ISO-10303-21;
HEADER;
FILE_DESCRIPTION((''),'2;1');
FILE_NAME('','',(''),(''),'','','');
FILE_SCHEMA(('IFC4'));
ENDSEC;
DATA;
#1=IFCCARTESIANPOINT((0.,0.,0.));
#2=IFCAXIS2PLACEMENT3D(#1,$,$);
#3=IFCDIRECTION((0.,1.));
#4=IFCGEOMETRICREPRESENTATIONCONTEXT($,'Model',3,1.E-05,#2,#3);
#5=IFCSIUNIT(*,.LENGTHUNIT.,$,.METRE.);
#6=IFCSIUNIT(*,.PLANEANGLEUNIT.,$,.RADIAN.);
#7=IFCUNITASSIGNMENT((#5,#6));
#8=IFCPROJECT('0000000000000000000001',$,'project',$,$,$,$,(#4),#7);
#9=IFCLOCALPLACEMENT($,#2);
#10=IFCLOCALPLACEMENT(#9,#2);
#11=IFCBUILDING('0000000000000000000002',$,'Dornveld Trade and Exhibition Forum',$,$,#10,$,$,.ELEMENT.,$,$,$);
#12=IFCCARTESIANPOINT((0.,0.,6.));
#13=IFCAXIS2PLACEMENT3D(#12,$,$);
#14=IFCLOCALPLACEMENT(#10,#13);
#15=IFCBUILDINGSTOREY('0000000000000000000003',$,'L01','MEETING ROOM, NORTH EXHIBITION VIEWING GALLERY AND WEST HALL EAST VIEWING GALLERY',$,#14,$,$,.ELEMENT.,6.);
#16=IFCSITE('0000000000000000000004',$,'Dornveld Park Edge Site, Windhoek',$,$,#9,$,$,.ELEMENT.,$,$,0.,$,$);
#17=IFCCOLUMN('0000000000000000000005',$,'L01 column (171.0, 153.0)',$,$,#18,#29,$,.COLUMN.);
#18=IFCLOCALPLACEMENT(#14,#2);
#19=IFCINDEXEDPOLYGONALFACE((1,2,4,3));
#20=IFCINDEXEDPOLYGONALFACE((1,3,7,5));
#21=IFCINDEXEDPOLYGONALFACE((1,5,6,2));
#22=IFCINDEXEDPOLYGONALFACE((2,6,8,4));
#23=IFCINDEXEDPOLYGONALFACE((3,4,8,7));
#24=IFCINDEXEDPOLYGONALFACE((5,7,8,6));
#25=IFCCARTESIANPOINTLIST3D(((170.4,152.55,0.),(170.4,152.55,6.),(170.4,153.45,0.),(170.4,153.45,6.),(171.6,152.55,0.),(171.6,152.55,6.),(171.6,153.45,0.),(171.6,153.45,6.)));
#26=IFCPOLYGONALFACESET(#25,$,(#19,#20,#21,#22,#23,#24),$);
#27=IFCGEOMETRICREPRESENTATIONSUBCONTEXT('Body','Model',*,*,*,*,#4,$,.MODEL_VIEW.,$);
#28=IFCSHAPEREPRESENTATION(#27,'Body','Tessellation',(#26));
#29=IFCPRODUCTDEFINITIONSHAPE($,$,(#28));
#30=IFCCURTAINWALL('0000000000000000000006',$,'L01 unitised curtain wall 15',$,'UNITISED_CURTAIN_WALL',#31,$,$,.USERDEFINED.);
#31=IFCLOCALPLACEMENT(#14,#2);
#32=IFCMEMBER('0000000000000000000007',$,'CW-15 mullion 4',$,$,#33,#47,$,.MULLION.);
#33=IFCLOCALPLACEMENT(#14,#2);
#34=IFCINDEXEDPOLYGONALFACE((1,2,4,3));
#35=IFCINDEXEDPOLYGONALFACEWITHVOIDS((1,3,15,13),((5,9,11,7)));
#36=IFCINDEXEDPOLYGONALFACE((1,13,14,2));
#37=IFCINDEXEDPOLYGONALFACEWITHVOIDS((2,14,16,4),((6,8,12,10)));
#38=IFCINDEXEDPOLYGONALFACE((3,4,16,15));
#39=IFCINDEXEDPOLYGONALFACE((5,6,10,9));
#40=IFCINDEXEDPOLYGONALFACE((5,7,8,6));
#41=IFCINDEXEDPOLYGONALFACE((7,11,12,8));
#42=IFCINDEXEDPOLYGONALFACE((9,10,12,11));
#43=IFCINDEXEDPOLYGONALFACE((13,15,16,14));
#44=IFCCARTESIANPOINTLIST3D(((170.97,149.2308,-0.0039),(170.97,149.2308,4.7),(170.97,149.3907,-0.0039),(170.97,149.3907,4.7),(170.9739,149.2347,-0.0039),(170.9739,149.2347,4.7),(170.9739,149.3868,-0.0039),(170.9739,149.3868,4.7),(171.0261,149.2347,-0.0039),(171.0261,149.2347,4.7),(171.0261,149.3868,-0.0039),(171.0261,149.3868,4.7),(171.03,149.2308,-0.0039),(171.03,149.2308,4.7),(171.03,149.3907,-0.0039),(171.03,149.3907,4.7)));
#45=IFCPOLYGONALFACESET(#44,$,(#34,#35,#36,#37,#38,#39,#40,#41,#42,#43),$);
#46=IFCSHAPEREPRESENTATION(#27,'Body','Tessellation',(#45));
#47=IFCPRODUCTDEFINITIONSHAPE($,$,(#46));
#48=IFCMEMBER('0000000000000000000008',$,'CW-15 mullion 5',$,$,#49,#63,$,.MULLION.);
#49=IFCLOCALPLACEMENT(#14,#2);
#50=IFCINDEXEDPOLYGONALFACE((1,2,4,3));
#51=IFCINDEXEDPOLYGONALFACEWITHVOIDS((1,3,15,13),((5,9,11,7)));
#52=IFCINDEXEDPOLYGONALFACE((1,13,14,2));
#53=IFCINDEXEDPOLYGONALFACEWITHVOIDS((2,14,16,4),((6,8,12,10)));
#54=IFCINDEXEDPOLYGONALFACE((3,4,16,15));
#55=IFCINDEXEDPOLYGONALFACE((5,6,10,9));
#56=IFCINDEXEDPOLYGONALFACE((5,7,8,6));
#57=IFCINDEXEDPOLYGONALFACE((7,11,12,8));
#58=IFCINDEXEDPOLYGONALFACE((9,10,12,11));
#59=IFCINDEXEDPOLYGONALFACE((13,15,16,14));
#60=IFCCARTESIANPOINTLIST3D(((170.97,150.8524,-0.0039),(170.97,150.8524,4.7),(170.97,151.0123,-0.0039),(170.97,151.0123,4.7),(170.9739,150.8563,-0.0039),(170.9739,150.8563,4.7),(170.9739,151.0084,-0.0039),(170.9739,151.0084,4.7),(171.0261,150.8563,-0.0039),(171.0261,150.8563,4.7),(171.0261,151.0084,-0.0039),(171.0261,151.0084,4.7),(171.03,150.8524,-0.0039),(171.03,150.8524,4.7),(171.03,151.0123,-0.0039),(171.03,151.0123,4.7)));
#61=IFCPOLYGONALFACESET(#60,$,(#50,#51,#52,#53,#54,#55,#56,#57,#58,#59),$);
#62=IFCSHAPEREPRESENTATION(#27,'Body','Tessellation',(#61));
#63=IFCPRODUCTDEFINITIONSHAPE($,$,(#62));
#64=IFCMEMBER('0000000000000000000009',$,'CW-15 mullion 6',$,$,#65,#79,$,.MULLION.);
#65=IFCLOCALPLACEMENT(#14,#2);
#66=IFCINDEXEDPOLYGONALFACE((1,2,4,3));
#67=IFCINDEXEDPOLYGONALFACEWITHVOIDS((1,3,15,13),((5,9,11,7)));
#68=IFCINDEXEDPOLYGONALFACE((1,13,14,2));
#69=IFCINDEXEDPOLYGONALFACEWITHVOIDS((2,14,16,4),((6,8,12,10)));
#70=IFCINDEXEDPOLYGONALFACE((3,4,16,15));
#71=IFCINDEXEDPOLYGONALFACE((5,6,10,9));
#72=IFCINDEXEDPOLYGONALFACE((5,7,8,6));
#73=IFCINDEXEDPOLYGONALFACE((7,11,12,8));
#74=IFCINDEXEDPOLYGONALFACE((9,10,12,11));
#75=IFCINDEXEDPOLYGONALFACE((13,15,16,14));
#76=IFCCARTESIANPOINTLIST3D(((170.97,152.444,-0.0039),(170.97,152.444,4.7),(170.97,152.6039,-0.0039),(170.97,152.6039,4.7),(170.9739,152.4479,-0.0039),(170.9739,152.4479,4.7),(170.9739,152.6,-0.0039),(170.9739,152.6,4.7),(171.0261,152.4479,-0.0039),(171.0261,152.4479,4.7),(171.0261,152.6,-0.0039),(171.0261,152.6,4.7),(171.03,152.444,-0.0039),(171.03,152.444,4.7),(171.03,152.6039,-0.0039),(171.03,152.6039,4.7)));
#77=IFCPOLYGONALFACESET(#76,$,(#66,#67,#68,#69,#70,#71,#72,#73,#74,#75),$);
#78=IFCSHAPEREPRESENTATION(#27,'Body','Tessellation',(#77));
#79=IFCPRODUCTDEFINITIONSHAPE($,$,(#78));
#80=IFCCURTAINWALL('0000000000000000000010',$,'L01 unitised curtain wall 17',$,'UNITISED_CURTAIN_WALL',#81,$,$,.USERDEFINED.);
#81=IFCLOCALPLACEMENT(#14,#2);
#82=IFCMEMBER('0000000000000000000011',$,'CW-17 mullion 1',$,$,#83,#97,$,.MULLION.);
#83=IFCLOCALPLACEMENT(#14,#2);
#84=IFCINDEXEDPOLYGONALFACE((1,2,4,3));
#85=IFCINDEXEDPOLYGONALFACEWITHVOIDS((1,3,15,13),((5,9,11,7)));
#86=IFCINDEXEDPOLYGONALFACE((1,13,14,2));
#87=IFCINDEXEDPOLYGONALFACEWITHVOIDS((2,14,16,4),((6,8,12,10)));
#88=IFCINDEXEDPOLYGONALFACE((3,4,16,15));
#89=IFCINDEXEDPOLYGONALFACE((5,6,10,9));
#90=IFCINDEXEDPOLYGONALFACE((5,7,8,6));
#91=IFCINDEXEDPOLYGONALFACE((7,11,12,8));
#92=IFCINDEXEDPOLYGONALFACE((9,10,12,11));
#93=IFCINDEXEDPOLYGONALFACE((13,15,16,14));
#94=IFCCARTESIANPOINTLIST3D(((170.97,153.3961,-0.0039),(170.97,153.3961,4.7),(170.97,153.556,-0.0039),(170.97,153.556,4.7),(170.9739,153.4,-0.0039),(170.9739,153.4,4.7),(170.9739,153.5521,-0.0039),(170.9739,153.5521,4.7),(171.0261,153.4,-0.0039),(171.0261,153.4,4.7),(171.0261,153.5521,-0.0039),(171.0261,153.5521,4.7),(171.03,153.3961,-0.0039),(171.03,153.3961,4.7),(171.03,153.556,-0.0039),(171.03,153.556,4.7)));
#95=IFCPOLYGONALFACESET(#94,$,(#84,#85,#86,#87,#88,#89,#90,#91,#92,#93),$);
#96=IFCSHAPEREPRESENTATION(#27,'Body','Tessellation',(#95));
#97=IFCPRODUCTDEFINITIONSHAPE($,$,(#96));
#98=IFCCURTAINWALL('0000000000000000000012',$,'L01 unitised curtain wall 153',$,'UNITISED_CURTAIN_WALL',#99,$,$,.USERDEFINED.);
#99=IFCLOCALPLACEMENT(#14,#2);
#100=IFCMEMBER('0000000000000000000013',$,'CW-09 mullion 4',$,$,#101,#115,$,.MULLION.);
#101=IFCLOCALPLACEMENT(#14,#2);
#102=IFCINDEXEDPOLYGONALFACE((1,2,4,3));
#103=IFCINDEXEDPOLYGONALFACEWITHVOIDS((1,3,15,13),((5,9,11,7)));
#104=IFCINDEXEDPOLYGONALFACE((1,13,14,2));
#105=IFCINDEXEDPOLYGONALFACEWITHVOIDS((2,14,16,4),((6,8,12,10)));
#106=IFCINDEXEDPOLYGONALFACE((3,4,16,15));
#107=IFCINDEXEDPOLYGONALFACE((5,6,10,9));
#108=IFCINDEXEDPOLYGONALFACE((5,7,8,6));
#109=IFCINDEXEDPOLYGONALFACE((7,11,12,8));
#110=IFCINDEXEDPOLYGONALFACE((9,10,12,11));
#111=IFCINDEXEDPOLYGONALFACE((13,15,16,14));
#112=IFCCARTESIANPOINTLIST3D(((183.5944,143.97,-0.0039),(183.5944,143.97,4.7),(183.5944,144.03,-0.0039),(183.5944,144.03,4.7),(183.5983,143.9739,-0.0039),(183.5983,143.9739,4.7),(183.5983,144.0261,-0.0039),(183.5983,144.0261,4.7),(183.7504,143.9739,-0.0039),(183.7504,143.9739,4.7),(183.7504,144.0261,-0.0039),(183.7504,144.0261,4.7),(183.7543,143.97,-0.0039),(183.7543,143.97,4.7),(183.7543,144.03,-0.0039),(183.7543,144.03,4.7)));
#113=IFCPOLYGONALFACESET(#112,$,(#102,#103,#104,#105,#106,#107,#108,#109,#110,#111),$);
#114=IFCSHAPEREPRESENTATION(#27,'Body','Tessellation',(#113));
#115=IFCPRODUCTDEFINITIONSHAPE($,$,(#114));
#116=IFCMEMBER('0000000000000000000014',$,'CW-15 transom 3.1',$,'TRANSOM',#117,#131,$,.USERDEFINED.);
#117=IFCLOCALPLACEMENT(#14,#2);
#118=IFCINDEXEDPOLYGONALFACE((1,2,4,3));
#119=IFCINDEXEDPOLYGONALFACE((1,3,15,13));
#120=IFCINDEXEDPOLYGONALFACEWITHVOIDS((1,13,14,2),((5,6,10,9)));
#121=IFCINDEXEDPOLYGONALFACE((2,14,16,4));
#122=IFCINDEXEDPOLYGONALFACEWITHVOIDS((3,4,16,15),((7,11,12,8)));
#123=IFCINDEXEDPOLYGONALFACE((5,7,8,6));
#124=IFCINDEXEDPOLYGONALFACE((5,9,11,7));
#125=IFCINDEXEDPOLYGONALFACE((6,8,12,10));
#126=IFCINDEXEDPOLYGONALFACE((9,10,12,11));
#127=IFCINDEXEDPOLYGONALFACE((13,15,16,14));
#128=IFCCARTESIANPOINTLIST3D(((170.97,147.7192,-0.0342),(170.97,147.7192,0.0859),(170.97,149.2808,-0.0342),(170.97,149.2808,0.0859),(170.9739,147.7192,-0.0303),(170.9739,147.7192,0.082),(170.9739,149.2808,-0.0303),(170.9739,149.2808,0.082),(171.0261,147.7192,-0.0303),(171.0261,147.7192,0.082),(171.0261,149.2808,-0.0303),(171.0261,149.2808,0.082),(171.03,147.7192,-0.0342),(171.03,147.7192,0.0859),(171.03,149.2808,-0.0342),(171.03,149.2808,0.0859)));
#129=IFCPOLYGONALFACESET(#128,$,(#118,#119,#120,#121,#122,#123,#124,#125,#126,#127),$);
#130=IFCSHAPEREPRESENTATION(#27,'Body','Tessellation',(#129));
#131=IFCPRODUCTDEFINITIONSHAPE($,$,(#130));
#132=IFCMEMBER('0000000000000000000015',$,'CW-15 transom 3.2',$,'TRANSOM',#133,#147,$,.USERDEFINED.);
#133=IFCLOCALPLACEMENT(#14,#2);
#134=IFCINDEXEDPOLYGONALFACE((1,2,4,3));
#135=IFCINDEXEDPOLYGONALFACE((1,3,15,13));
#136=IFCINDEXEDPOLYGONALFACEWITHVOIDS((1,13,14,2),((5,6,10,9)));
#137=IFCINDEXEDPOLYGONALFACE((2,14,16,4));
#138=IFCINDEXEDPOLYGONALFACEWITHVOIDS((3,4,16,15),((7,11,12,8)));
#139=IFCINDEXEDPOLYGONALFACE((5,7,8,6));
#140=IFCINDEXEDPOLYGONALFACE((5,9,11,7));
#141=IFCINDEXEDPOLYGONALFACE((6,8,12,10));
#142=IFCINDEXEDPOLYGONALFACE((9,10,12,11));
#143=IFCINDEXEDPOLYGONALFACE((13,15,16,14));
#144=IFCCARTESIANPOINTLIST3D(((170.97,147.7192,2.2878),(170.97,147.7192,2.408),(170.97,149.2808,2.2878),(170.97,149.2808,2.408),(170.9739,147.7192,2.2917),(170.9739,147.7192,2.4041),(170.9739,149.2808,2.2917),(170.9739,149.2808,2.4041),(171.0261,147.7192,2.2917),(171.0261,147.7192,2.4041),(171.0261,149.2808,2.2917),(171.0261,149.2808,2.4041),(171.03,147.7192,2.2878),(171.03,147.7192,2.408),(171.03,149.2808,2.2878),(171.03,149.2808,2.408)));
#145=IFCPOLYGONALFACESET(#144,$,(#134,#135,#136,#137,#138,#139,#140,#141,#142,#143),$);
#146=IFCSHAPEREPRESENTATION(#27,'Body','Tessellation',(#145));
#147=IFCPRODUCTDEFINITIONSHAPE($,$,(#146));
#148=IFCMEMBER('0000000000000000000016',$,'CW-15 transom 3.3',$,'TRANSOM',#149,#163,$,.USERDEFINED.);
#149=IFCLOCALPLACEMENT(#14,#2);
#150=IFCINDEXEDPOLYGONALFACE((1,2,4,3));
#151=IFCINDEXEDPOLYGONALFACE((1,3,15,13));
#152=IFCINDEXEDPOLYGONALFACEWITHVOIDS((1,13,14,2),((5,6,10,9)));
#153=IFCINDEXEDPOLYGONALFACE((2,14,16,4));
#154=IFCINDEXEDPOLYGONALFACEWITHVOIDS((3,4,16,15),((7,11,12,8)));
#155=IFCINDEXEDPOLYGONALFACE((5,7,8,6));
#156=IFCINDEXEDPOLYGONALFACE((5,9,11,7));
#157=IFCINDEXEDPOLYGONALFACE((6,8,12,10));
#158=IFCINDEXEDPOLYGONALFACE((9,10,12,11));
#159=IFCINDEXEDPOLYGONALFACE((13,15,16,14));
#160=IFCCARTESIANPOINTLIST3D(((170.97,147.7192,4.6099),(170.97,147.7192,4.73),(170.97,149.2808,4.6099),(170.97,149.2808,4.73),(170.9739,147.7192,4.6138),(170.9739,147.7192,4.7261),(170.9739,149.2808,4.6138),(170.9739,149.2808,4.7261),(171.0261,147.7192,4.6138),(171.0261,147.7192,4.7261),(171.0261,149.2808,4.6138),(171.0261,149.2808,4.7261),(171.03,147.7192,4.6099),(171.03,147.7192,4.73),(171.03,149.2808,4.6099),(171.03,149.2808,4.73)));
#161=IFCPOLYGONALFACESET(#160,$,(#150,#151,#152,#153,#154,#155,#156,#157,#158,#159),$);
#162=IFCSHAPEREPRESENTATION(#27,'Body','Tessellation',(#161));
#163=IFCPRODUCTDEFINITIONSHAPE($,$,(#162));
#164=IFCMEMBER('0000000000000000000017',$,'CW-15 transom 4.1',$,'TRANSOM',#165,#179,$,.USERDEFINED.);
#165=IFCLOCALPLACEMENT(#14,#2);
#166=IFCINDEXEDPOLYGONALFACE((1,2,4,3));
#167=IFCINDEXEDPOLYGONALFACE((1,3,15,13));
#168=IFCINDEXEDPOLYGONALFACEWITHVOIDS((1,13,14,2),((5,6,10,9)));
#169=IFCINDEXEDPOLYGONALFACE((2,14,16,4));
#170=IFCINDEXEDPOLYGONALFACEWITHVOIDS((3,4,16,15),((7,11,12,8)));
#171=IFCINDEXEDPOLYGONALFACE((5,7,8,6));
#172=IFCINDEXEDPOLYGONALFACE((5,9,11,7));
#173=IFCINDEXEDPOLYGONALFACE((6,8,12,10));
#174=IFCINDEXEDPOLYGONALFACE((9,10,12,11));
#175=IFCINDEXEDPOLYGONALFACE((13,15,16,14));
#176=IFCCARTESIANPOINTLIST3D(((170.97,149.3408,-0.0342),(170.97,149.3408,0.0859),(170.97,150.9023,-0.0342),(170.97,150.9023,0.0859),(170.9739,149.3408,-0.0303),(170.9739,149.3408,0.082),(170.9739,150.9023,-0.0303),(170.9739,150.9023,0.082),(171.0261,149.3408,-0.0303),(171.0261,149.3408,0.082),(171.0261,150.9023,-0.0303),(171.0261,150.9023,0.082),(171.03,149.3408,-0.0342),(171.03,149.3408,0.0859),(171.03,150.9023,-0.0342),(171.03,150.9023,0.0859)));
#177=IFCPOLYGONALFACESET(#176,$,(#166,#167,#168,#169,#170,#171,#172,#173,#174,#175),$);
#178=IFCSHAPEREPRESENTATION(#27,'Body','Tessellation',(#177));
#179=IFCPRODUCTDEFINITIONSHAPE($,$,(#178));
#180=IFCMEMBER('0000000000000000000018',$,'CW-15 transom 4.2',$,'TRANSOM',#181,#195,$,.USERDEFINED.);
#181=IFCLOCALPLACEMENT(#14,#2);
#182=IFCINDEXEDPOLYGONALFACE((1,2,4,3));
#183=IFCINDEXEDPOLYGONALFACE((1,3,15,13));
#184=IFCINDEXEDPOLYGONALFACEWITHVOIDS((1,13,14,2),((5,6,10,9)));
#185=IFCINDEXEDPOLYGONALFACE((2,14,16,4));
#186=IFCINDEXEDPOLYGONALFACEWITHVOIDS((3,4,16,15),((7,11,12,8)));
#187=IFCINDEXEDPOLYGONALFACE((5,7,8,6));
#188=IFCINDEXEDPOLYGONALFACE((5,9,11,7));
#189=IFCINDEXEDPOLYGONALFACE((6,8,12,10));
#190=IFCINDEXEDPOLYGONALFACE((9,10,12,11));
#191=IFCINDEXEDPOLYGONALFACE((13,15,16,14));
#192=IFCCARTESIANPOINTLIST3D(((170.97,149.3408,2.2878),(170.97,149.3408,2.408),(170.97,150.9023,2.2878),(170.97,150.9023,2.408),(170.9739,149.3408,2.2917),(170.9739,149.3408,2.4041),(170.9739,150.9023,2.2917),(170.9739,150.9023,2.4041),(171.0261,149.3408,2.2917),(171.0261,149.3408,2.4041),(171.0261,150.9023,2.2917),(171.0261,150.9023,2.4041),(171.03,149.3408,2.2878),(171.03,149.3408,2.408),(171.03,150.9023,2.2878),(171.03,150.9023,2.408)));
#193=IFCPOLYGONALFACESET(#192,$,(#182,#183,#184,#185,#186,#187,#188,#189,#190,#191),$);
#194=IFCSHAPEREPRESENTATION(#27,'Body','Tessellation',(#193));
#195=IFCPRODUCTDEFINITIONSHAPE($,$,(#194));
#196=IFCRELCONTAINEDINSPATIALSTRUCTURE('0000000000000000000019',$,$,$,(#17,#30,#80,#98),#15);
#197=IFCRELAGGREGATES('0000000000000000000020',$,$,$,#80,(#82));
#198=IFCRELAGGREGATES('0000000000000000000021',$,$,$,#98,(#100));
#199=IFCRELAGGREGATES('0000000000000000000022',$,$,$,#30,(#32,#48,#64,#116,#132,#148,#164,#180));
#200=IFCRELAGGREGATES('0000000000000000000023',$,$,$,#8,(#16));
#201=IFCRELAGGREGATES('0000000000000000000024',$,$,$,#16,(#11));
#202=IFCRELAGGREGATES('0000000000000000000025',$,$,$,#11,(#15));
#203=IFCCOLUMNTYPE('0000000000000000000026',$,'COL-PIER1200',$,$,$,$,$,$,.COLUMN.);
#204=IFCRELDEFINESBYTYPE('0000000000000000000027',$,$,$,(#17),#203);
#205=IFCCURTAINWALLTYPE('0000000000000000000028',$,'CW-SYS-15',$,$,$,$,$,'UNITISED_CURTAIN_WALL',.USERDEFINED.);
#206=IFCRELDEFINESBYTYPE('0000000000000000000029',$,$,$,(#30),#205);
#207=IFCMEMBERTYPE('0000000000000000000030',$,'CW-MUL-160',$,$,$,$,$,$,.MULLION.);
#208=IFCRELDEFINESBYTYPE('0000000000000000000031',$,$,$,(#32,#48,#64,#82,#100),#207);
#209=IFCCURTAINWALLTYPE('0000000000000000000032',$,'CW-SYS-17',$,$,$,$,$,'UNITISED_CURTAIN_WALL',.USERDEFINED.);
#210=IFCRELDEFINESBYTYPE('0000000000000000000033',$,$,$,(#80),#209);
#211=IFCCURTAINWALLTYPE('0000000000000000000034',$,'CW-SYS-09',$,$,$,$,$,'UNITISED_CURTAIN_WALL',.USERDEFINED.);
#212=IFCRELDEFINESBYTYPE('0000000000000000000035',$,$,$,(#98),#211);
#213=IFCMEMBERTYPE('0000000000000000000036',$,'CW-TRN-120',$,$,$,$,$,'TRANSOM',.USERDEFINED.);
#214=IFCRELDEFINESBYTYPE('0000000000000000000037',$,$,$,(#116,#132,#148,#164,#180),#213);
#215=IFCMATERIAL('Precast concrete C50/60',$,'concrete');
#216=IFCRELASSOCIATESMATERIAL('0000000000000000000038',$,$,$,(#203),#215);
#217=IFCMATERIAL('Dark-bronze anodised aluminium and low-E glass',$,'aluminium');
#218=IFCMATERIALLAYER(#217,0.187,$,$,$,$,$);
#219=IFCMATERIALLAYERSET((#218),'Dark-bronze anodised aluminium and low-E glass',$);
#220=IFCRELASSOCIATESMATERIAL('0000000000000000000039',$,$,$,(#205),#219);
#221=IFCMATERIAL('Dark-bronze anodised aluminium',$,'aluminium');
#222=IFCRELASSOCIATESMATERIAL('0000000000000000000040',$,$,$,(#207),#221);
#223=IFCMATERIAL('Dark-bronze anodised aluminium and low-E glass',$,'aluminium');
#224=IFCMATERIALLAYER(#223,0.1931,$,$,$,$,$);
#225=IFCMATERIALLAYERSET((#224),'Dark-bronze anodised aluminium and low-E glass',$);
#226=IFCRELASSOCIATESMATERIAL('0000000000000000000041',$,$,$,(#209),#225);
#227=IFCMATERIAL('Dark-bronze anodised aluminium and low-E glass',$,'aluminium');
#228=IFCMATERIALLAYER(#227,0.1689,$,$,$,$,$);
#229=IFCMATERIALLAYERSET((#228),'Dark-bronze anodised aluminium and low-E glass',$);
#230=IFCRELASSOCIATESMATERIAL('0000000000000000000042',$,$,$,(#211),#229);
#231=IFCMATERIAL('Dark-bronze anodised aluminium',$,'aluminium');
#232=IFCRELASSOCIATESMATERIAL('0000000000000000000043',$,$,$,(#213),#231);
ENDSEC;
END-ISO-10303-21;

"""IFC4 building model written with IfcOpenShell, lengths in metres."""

from ifc_helpers import new_model, si_unit, direction, frame, origin, origin_2d, place, context, subcontext, project, spatial, rectangle, hollow_rectangle, extrude, material, layer, layer_set, material_profile, profile_set, type_object, element, aggregate, save


model = new_model("IFC4")

# Units and contexts
model_context = context("Model", 3, precision=1e-05, world=origin(), true_north=direction((0.0, 1.0)))
body_context = subcontext(model_context, "Body", "Model", "MODEL_VIEW")
ifc_project = project(units=[si_unit("LENGTHUNIT", "METRE"), si_unit("PLANEANGLEUNIT", "RADIAN")], contexts=[model_context])

# Site, building, storey
site_placement = place(None, origin())
site = spatial("IfcSite", under=ifc_project, at=site_placement, Name="Dornveld Park Edge Site, Windhoek", CompositionType="ELEMENT", RefElevation=0.0)
building_placement = place(site_placement, origin())
building = spatial("IfcBuilding", under=site, at=building_placement, Name="Dornveld Trade and Exhibition Forum", CompositionType="ELEMENT")
storey_placement = place(building_placement, frame((0.0, 0.0, 6.0)))
storey = spatial("IfcBuildingStorey", under=building, at=storey_placement, Name="L01", Description="MEETING ROOM, NORTH EXHIBITION VIEWING GALLERY AND WEST HALL EAST VIEWING GALLERY", CompositionType="ELEMENT", Elevation=6.0)

# Column
ifc_material_1 = material(Name="Precast concrete C50/60", Category="concrete")
ifc_material_profile_1 = material_profile(ifc_material_1, rectangle(XDim=1.2, YDim=0.8999, at=origin_2d()), Name="PC-PIER 1200x900")
ifc_profile_set_1 = profile_set([ifc_material_profile_1], Name="Precast concrete C50/60")
column_type = type_object("IfcColumnType", Name="COL-PIER1200", PredefinedType="COLUMN", material=ifc_profile_set_1)
column_placement = place(storey_placement, frame((171.0, 153.0, 0.0), z_axis=(0.0, 0.0, 1.0), x_axis=(1.0, 0.0, 0.0)))
element("IfcColumn", 1, at=column_placement, inside=storey, type_object=column_type, Name="L01 column (171.0, 153.0)", PredefinedType="COLUMN", context=body_context, shape_type="SweptSolid", body=[
    extrude(rectangle(XDim=1.2, YDim=0.8999, at=origin_2d()), origin(), (0.0, 0.0, 1.0), 6.0),
])

# Curtain wall, members
ifc_material_2 = material(Name="Dark-bronze anodised aluminium and low-E glass", Category="aluminium")
ifc_layer_1 = layer(ifc_material_2, 0.187)
ifc_layer_set_1 = layer_set([ifc_layer_1], Name="Dark-bronze anodised aluminium and low-E glass")
curtain_wall_type_1 = type_object("IfcCurtainWallType", Name="CW-SYS-15", ElementType="UNITISED_CURTAIN_WALL", PredefinedType="USERDEFINED", material=ifc_layer_set_1)
curtain_wall_1_placement = place(storey_placement, origin())
curtain_wall_1 = element("IfcCurtainWall", 2, at=curtain_wall_1_placement, inside=storey, type_object=curtain_wall_type_1, Name="L01 unitised curtain wall 15", ObjectType="UNITISED_CURTAIN_WALL", PredefinedType="USERDEFINED")
ifc_material_3 = material(Name="Dark-bronze anodised aluminium", Category="aluminium")
ifc_material_profile_2 = material_profile(ifc_material_3, hollow_rectangle(XDim=0.0601, YDim=0.1599, WallThickness=0.0039, at=origin_2d()), Name="RHS 160x60x4")
ifc_profile_set_2 = profile_set([ifc_material_profile_2], Name="Dark-bronze anodised aluminium")
member_type_1 = type_object("IfcMemberType", Name="CW-MUL-160", PredefinedType="MULLION", material=ifc_profile_set_2)
member_1_placement = place(storey_placement, frame((171.0, 149.3108, -0.0039), z_axis=(0.0, 0.0, 1.0), x_axis=(-1.0, 0.0, 0.0)))
member_1 = element("IfcMember", 3, at=member_1_placement, type_object=member_type_1, Name="CW-15 mullion 4", PredefinedType="MULLION", context=body_context, shape_type="SweptSolid", body=[
    extrude(hollow_rectangle(XDim=0.0601, YDim=0.1599, WallThickness=0.0039, at=origin_2d()), origin(), (0.0, 0.0, 1.0), 4.7039),
])
member_2_placement = place(storey_placement, frame((171.0, 150.9324, -0.0039), z_axis=(0.0, 0.0, 1.0), x_axis=(-1.0, 0.0, 0.0)))
member_2 = element("IfcMember", 4, at=member_2_placement, type_object=member_type_1, Name="CW-15 mullion 5", PredefinedType="MULLION", context=body_context, shape_type="SweptSolid", body=[
    extrude(hollow_rectangle(XDim=0.0601, YDim=0.1599, WallThickness=0.0039, at=origin_2d()), origin(), (0.0, 0.0, 1.0), 4.7039),
])
member_3_placement = place(storey_placement, frame((171.0, 152.5239, -0.0039), z_axis=(0.0, 0.0, 1.0), x_axis=(-1.0, 0.0, 0.0)))
member_3 = element("IfcMember", 5, at=member_3_placement, type_object=member_type_1, Name="CW-15 mullion 6", PredefinedType="MULLION", context=body_context, shape_type="SweptSolid", body=[
    extrude(hollow_rectangle(XDim=0.0601, YDim=0.1599, WallThickness=0.0039, at=origin_2d()), origin(), (0.0, 0.0, 1.0), 4.7039),
])

# Curtain walls, members
ifc_material_4 = material(Name="Dark-bronze anodised aluminium and low-E glass", Category="aluminium")
ifc_layer_2 = layer(ifc_material_4, 0.1931)
ifc_layer_set_2 = layer_set([ifc_layer_2], Name="Dark-bronze anodised aluminium and low-E glass")
curtain_wall_type_2 = type_object("IfcCurtainWallType", Name="CW-SYS-17", ElementType="UNITISED_CURTAIN_WALL", PredefinedType="USERDEFINED", material=ifc_layer_set_2)
curtain_wall_2_placement = place(storey_placement, origin())
curtain_wall_2 = element("IfcCurtainWall", 6, at=curtain_wall_2_placement, inside=storey, type_object=curtain_wall_type_2, Name="L01 unitised curtain wall 17", ObjectType="UNITISED_CURTAIN_WALL", PredefinedType="USERDEFINED")
member_4_placement = place(storey_placement, frame((171.0, 153.4761, -0.0039), z_axis=(0.0, 0.0, 1.0), x_axis=(-1.0, 0.0, 0.0)))
member_4 = element("IfcMember", 7, at=member_4_placement, type_object=member_type_1, Name="CW-17 mullion 1", PredefinedType="MULLION", context=body_context, shape_type="SweptSolid", body=[
    extrude(hollow_rectangle(XDim=0.0601, YDim=0.1599, WallThickness=0.0039, at=origin_2d()), origin(), (0.0, 0.0, 1.0), 4.7039),
])
ifc_material_5 = material(Name="Dark-bronze anodised aluminium and low-E glass", Category="aluminium")
ifc_layer_3 = layer(ifc_material_5, 0.1689)
ifc_layer_set_3 = layer_set([ifc_layer_3], Name="Dark-bronze anodised aluminium and low-E glass")
curtain_wall_type_3 = type_object("IfcCurtainWallType", Name="CW-SYS-09", ElementType="UNITISED_CURTAIN_WALL", PredefinedType="USERDEFINED", material=ifc_layer_set_3)
curtain_wall_3_placement = place(storey_placement, origin())
curtain_wall_3 = element("IfcCurtainWall", 8, at=curtain_wall_3_placement, inside=storey, type_object=curtain_wall_type_3, Name="L01 unitised curtain wall 153", ObjectType="UNITISED_CURTAIN_WALL", PredefinedType="USERDEFINED")
member_5_placement = place(storey_placement, frame((183.6743, 144.0, -0.0039), z_axis=(0.0, 0.0, 1.0), x_axis=(0.0, -1.0, 0.0)))
member_5 = element("IfcMember", 9, at=member_5_placement, type_object=member_type_1, Name="CW-09 mullion 4", PredefinedType="MULLION", context=body_context, shape_type="SweptSolid", body=[
    extrude(hollow_rectangle(XDim=0.0601, YDim=0.1599, WallThickness=0.0039, at=origin_2d()), origin(), (0.0, 0.0, 1.0), 4.7039),
])

# Members
ifc_material_6 = material(Name="Dark-bronze anodised aluminium", Category="aluminium")
ifc_material_profile_3 = material_profile(ifc_material_6, hollow_rectangle(XDim=0.0601, YDim=0.1201, WallThickness=0.0039, at=origin_2d()), Name="RHS 120x60x4")
ifc_profile_set_3 = profile_set([ifc_material_profile_3], Name="Dark-bronze anodised aluminium")
member_type_2 = type_object("IfcMemberType", Name="CW-TRN-120", ElementType="TRANSOM", PredefinedType="USERDEFINED", material=ifc_profile_set_3)
member_6_placement = place(storey_placement, frame((171.0, 147.7192, 0.0259), z_axis=(0.0, 1.0, 0.0), x_axis=(-1.0, 0.0, 0.0)))
member_6 = element("IfcMember", 10, at=member_6_placement, type_object=member_type_2, Name="CW-15 transom 3.1", ObjectType="TRANSOM", PredefinedType="USERDEFINED", context=body_context, shape_type="SweptSolid", body=[
    extrude(hollow_rectangle(XDim=0.0601, YDim=0.1201, WallThickness=0.0039, at=origin_2d()), origin(), (0.0, 0.0, 1.0), 1.5615),
])
member_7_placement = place(storey_placement, frame((171.0, 147.7192, 2.3479), z_axis=(0.0, 1.0, 0.0), x_axis=(-1.0, 0.0, 0.0)))
member_7 = element("IfcMember", 11, at=member_7_placement, type_object=member_type_2, Name="CW-15 transom 3.2", ObjectType="TRANSOM", PredefinedType="USERDEFINED", context=body_context, shape_type="SweptSolid", body=[
    extrude(hollow_rectangle(XDim=0.0601, YDim=0.1201, WallThickness=0.0039, at=origin_2d()), origin(), (0.0, 0.0, 1.0), 1.5615),
])
member_8_placement = place(storey_placement, frame((171.0, 147.7192, 4.6699), z_axis=(0.0, 1.0, 0.0), x_axis=(-1.0, 0.0, 0.0)))
member_8 = element("IfcMember", 12, at=member_8_placement, type_object=member_type_2, Name="CW-15 transom 3.3", ObjectType="TRANSOM", PredefinedType="USERDEFINED", context=body_context, shape_type="SweptSolid", body=[
    extrude(hollow_rectangle(XDim=0.0601, YDim=0.1201, WallThickness=0.0039, at=origin_2d()), origin(), (0.0, 0.0, 1.0), 1.5615),
])
member_9_placement = place(storey_placement, frame((171.0, 149.3408, 0.0259), z_axis=(0.0, 1.0, 0.0), x_axis=(-1.0, 0.0, 0.0)))
member_9 = element("IfcMember", 13, at=member_9_placement, type_object=member_type_2, Name="CW-15 transom 4.1", ObjectType="TRANSOM", PredefinedType="USERDEFINED", context=body_context, shape_type="SweptSolid", body=[
    extrude(hollow_rectangle(XDim=0.0601, YDim=0.1201, WallThickness=0.0039, at=origin_2d()), origin(), (0.0, 0.0, 1.0), 1.5615),
])
member_10_placement = place(storey_placement, frame((171.0, 149.3408, 2.3479), z_axis=(0.0, 1.0, 0.0), x_axis=(-1.0, 0.0, 0.0)))
member_10 = element("IfcMember", 14, at=member_10_placement, type_object=member_type_2, Name="CW-15 transom 4.2", ObjectType="TRANSOM", PredefinedType="USERDEFINED", context=body_context, shape_type="SweptSolid", body=[
    extrude(hollow_rectangle(XDim=0.0601, YDim=0.1201, WallThickness=0.0039, at=origin_2d()), origin(), (0.0, 0.0, 1.0), 1.5615),
])
aggregate(curtain_wall_2, [member_4])
aggregate(curtain_wall_3, [member_5])

aggregate(curtain_wall_1, [member_1, member_2, member_3, member_6, member_7, member_8, member_9, member_10])

save(model, "model.ifc")
